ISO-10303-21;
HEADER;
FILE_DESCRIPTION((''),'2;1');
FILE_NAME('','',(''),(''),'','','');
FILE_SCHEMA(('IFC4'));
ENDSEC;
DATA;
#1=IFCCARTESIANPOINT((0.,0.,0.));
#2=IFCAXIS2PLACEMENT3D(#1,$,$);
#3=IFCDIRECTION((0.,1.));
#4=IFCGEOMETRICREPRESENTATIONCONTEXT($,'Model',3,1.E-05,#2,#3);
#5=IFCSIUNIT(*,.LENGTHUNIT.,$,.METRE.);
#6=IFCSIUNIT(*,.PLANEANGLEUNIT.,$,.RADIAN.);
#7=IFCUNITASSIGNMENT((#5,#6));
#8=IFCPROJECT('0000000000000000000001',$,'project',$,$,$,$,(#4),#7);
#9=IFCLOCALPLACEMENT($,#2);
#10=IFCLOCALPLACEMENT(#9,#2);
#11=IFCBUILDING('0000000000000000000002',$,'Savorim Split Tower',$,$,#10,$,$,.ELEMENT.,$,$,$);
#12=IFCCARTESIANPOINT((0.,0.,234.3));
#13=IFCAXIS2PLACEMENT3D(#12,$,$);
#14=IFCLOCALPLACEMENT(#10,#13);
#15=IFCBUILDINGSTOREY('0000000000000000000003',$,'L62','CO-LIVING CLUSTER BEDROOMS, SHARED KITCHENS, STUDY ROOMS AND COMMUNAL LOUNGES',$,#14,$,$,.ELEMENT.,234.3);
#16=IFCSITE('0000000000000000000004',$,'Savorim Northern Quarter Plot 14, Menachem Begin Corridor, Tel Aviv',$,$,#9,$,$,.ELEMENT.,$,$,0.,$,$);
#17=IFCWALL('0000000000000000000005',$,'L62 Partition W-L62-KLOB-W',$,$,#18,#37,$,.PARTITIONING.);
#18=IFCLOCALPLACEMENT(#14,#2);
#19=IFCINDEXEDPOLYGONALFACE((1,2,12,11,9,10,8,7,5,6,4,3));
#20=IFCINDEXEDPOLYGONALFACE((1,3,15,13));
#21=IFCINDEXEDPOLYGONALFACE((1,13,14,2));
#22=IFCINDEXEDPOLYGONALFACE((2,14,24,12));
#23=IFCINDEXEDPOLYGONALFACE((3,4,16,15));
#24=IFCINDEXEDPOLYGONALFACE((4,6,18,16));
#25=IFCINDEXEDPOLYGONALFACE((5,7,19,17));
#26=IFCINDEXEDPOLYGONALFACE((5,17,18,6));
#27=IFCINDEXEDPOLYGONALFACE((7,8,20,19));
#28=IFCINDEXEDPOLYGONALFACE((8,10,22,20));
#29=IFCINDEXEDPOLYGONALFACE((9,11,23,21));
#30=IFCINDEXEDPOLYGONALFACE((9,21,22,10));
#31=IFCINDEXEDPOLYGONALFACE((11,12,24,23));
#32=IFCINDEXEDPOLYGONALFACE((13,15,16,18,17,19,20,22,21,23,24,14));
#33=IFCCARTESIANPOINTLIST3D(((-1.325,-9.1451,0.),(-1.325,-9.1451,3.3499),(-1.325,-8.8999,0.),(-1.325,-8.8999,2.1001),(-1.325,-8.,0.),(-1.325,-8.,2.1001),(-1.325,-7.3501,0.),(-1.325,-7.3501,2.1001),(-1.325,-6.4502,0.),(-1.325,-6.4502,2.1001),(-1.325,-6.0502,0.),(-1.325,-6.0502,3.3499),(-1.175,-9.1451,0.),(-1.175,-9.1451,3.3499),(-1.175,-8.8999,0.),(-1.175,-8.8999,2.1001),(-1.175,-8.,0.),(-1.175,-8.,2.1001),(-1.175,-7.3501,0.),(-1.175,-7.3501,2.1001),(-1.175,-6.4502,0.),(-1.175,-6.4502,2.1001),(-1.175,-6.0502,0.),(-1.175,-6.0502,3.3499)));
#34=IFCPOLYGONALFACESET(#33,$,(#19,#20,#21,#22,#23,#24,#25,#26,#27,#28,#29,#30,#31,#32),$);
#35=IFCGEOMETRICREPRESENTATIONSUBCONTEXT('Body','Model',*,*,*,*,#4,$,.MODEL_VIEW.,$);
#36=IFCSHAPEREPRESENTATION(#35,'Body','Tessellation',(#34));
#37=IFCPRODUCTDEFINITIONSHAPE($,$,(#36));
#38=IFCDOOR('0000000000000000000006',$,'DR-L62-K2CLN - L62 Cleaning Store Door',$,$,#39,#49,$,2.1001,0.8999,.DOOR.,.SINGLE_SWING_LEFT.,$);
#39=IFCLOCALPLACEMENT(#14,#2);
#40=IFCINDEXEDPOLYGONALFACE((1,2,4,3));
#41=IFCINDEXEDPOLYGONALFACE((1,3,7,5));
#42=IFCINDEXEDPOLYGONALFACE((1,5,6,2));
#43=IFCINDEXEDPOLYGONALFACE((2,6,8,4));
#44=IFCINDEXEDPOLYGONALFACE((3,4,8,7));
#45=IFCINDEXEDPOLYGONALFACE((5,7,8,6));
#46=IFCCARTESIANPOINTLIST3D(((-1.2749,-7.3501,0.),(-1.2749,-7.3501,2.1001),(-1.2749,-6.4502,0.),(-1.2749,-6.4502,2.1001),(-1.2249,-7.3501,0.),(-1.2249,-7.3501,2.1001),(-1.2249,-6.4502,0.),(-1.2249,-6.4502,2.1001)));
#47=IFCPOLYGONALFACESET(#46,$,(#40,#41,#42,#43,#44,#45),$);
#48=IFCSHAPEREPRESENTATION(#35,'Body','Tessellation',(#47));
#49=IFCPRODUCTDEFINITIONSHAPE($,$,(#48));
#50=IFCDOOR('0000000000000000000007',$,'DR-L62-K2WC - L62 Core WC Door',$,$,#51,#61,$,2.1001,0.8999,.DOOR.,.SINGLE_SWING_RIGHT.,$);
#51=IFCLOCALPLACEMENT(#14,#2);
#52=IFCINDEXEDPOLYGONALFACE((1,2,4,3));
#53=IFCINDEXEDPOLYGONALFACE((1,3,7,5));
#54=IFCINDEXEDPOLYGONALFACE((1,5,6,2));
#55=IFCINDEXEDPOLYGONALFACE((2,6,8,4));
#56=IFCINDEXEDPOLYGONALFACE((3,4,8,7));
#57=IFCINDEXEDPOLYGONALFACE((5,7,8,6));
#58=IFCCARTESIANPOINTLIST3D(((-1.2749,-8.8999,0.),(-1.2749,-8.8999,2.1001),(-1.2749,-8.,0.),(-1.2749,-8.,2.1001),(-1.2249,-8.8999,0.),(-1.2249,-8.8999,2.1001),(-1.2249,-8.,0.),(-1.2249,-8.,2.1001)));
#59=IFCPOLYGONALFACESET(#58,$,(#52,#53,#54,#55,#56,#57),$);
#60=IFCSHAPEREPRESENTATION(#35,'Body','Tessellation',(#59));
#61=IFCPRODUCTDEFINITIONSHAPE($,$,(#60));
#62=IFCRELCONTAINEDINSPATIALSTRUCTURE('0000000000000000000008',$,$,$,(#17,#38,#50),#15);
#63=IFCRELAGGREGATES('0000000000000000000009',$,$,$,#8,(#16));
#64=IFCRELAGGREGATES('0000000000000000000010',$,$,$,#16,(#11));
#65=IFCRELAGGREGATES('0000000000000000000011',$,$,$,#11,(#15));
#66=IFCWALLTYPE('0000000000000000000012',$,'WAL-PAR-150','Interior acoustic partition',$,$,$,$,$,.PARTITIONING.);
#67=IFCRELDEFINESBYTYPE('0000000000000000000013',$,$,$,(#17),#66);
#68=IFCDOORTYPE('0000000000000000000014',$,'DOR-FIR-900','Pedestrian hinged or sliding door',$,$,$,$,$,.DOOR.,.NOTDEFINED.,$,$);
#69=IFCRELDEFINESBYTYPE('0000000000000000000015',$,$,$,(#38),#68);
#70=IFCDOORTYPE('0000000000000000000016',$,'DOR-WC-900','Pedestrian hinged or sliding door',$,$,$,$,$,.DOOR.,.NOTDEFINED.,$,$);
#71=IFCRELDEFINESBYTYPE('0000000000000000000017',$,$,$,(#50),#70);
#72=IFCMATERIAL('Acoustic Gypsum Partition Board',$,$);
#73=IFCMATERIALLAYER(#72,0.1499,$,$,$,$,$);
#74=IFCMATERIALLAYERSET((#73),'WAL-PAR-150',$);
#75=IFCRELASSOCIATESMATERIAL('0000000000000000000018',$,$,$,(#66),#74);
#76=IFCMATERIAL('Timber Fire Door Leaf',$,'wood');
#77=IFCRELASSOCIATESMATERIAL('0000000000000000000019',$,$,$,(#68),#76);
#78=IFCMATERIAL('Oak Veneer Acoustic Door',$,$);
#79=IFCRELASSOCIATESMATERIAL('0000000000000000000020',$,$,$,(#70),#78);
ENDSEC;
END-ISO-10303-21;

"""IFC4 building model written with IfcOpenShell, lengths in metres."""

from ifc_helpers import new_model, si_unit, direction, frame, frame_2d, origin, place, context, subcontext, project, spatial, rectangle, extrude, material, layer, layer_set, type_object, element, fill, save


model = new_model("IFC4")

# Units and contexts
model_context = context("Model", 3, precision=1e-05, world=origin(), true_north=direction((0.0, 1.0)))
body_context = subcontext(model_context, "Body", "Model", "MODEL_VIEW")
ifc_project = project(units=[si_unit("LENGTHUNIT", "METRE"), si_unit("PLANEANGLEUNIT", "RADIAN")], contexts=[model_context])

# Site, building, storey
site_placement = place(None, origin())
site = spatial("IfcSite", under=ifc_project, at=site_placement, Name="Savorim Northern Quarter Plot 14, Menachem Begin Corridor, Tel Aviv", CompositionType="ELEMENT", RefElevation=0.0)
building_placement = place(site_placement, origin())
building = spatial("IfcBuilding", under=site, at=building_placement, Name="Savorim Split Tower", CompositionType="ELEMENT")
storey_placement = place(building_placement, frame((0.0, 0.0, 234.3)))
storey = spatial("IfcBuildingStorey", under=building, at=storey_placement, Name="L62", Description="CO-LIVING CLUSTER BEDROOMS, SHARED KITCHENS, STUDY ROOMS AND COMMUNAL LOUNGES", CompositionType="ELEMENT", Elevation=234.3)

# Shared definitions
ifc_material_1 = material(Name="Timber Fire Door Leaf", Category="wood")

# Wall, openings, doors
ifc_material_2 = material(Name="Acoustic Gypsum Partition Board")
ifc_layer_1 = layer(ifc_material_2, 0.1499)
ifc_layer_set_1 = layer_set([ifc_layer_1], Name="WAL-PAR-150")
wall_type_1 = type_object("IfcWallType", Name="WAL-PAR-150", Description="Interior acoustic partition", PredefinedType="PARTITIONING", material=ifc_layer_set_1)
wall_1_placement = place(storey_placement, frame((-1.25, -9.145, 0.0), z_axis=(0.0, 0.0, 1.0), x_axis=(0.0, 1.0, 0.0)))
wall_1 = element("IfcWall", 1, at=wall_1_placement, inside=storey, type_object=wall_type_1, Name="L62 Partition W-L62-KLOB-W", PredefinedType="PARTITIONING", context=body_context, shape_type="SweptSolid", body=[
    extrude(rectangle(XDim=3.095, YDim=0.1499, at=frame_2d((1.5474, 0.0))), origin(), (0.0, 0.0, 1.0), 3.3499),
])
opening_1_placement = place(wall_1_placement, frame((1.7949, 0.0, 0.0)))
opening_1 = element("IfcOpeningElement", 2, at=opening_1_placement, cuts=wall_1, PredefinedType="OPENING", context=body_context, shape_type="SweptSolid", body=[
    extrude(rectangle(XDim=0.8999, YDim=2.1001, at=frame_2d((0.45, 1.05))), frame((0.0, 0.085, 0.0), z_axis=(0.0, -1.0, 0.0), x_axis=(1.0, 0.0, 0.0)), (0.0, 0.0, 1.0), 0.1699),
])
opening_2_placement = place(wall_1_placement, frame((0.2451, 0.0, 0.0)))
opening_2 = element("IfcOpeningElement", 3, at=opening_2_placement, cuts=wall_1, PredefinedType="OPENING", context=body_context, shape_type="SweptSolid", body=[
    extrude(rectangle(XDim=0.8999, YDim=2.1001, at=frame_2d((0.45, 1.05))), frame((0.0, 0.085, 0.0), z_axis=(0.0, -1.0, 0.0), x_axis=(1.0, 0.0, 0.0)), (0.0, 0.0, 1.0), 0.1699),
])
door_type_1 = type_object("IfcDoorType", Name="DOR-FIR-900", Description="Pedestrian hinged or sliding door", OperationType="NOTDEFINED", PredefinedType="DOOR", material=ifc_material_1)
door_1_placement = place(opening_1_placement, origin())
door_1 = element("IfcDoor", 4, at=door_1_placement, inside=storey, type_object=door_type_1, Name="DR-L62-K2CLN - L62 Cleaning Store Door", OperationType="SINGLE_SWING_LEFT", OverallHeight=2.1001, OverallWidth=0.8999, PredefinedType="DOOR", context=body_context, shape_type="SweptSolid", body=[
    extrude(rectangle(XDim=0.8999, YDim=2.1001, at=frame_2d((0.45, 1.05))), frame((0.0, 0.0249, 0.0), z_axis=(0.0, -1.0, 0.0), x_axis=(1.0, 0.0, 0.0)), (0.0, 0.0, 1.0), 0.05),
])
fill(opening_1, door_1)
ifc_material_3 = material(Name="Oak Veneer Acoustic Door")
door_type_2 = type_object("IfcDoorType", Name="DOR-WC-900", Description="Pedestrian hinged or sliding door", OperationType="NOTDEFINED", PredefinedType="DOOR", material=ifc_material_3)
door_2_placement = place(opening_2_placement, origin())
door_2 = element("IfcDoor", 5, at=door_2_placement, inside=storey, type_object=door_type_2, Name="DR-L62-K2WC - L62 Core WC Door", OperationType="SINGLE_SWING_RIGHT", OverallHeight=2.1001, OverallWidth=0.8999, PredefinedType="DOOR", context=body_context, shape_type="SweptSolid", body=[
    extrude(rectangle(XDim=0.8999, YDim=2.1001, at=frame_2d((0.45, 1.05))), frame((0.0, 0.0249, 0.0), z_axis=(0.0, -1.0, 0.0), x_axis=(1.0, 0.0, 0.0)), (0.0, 0.0, 1.0), 0.05),
])
fill(opening_2, door_2)

save(model, "model.ifc")
